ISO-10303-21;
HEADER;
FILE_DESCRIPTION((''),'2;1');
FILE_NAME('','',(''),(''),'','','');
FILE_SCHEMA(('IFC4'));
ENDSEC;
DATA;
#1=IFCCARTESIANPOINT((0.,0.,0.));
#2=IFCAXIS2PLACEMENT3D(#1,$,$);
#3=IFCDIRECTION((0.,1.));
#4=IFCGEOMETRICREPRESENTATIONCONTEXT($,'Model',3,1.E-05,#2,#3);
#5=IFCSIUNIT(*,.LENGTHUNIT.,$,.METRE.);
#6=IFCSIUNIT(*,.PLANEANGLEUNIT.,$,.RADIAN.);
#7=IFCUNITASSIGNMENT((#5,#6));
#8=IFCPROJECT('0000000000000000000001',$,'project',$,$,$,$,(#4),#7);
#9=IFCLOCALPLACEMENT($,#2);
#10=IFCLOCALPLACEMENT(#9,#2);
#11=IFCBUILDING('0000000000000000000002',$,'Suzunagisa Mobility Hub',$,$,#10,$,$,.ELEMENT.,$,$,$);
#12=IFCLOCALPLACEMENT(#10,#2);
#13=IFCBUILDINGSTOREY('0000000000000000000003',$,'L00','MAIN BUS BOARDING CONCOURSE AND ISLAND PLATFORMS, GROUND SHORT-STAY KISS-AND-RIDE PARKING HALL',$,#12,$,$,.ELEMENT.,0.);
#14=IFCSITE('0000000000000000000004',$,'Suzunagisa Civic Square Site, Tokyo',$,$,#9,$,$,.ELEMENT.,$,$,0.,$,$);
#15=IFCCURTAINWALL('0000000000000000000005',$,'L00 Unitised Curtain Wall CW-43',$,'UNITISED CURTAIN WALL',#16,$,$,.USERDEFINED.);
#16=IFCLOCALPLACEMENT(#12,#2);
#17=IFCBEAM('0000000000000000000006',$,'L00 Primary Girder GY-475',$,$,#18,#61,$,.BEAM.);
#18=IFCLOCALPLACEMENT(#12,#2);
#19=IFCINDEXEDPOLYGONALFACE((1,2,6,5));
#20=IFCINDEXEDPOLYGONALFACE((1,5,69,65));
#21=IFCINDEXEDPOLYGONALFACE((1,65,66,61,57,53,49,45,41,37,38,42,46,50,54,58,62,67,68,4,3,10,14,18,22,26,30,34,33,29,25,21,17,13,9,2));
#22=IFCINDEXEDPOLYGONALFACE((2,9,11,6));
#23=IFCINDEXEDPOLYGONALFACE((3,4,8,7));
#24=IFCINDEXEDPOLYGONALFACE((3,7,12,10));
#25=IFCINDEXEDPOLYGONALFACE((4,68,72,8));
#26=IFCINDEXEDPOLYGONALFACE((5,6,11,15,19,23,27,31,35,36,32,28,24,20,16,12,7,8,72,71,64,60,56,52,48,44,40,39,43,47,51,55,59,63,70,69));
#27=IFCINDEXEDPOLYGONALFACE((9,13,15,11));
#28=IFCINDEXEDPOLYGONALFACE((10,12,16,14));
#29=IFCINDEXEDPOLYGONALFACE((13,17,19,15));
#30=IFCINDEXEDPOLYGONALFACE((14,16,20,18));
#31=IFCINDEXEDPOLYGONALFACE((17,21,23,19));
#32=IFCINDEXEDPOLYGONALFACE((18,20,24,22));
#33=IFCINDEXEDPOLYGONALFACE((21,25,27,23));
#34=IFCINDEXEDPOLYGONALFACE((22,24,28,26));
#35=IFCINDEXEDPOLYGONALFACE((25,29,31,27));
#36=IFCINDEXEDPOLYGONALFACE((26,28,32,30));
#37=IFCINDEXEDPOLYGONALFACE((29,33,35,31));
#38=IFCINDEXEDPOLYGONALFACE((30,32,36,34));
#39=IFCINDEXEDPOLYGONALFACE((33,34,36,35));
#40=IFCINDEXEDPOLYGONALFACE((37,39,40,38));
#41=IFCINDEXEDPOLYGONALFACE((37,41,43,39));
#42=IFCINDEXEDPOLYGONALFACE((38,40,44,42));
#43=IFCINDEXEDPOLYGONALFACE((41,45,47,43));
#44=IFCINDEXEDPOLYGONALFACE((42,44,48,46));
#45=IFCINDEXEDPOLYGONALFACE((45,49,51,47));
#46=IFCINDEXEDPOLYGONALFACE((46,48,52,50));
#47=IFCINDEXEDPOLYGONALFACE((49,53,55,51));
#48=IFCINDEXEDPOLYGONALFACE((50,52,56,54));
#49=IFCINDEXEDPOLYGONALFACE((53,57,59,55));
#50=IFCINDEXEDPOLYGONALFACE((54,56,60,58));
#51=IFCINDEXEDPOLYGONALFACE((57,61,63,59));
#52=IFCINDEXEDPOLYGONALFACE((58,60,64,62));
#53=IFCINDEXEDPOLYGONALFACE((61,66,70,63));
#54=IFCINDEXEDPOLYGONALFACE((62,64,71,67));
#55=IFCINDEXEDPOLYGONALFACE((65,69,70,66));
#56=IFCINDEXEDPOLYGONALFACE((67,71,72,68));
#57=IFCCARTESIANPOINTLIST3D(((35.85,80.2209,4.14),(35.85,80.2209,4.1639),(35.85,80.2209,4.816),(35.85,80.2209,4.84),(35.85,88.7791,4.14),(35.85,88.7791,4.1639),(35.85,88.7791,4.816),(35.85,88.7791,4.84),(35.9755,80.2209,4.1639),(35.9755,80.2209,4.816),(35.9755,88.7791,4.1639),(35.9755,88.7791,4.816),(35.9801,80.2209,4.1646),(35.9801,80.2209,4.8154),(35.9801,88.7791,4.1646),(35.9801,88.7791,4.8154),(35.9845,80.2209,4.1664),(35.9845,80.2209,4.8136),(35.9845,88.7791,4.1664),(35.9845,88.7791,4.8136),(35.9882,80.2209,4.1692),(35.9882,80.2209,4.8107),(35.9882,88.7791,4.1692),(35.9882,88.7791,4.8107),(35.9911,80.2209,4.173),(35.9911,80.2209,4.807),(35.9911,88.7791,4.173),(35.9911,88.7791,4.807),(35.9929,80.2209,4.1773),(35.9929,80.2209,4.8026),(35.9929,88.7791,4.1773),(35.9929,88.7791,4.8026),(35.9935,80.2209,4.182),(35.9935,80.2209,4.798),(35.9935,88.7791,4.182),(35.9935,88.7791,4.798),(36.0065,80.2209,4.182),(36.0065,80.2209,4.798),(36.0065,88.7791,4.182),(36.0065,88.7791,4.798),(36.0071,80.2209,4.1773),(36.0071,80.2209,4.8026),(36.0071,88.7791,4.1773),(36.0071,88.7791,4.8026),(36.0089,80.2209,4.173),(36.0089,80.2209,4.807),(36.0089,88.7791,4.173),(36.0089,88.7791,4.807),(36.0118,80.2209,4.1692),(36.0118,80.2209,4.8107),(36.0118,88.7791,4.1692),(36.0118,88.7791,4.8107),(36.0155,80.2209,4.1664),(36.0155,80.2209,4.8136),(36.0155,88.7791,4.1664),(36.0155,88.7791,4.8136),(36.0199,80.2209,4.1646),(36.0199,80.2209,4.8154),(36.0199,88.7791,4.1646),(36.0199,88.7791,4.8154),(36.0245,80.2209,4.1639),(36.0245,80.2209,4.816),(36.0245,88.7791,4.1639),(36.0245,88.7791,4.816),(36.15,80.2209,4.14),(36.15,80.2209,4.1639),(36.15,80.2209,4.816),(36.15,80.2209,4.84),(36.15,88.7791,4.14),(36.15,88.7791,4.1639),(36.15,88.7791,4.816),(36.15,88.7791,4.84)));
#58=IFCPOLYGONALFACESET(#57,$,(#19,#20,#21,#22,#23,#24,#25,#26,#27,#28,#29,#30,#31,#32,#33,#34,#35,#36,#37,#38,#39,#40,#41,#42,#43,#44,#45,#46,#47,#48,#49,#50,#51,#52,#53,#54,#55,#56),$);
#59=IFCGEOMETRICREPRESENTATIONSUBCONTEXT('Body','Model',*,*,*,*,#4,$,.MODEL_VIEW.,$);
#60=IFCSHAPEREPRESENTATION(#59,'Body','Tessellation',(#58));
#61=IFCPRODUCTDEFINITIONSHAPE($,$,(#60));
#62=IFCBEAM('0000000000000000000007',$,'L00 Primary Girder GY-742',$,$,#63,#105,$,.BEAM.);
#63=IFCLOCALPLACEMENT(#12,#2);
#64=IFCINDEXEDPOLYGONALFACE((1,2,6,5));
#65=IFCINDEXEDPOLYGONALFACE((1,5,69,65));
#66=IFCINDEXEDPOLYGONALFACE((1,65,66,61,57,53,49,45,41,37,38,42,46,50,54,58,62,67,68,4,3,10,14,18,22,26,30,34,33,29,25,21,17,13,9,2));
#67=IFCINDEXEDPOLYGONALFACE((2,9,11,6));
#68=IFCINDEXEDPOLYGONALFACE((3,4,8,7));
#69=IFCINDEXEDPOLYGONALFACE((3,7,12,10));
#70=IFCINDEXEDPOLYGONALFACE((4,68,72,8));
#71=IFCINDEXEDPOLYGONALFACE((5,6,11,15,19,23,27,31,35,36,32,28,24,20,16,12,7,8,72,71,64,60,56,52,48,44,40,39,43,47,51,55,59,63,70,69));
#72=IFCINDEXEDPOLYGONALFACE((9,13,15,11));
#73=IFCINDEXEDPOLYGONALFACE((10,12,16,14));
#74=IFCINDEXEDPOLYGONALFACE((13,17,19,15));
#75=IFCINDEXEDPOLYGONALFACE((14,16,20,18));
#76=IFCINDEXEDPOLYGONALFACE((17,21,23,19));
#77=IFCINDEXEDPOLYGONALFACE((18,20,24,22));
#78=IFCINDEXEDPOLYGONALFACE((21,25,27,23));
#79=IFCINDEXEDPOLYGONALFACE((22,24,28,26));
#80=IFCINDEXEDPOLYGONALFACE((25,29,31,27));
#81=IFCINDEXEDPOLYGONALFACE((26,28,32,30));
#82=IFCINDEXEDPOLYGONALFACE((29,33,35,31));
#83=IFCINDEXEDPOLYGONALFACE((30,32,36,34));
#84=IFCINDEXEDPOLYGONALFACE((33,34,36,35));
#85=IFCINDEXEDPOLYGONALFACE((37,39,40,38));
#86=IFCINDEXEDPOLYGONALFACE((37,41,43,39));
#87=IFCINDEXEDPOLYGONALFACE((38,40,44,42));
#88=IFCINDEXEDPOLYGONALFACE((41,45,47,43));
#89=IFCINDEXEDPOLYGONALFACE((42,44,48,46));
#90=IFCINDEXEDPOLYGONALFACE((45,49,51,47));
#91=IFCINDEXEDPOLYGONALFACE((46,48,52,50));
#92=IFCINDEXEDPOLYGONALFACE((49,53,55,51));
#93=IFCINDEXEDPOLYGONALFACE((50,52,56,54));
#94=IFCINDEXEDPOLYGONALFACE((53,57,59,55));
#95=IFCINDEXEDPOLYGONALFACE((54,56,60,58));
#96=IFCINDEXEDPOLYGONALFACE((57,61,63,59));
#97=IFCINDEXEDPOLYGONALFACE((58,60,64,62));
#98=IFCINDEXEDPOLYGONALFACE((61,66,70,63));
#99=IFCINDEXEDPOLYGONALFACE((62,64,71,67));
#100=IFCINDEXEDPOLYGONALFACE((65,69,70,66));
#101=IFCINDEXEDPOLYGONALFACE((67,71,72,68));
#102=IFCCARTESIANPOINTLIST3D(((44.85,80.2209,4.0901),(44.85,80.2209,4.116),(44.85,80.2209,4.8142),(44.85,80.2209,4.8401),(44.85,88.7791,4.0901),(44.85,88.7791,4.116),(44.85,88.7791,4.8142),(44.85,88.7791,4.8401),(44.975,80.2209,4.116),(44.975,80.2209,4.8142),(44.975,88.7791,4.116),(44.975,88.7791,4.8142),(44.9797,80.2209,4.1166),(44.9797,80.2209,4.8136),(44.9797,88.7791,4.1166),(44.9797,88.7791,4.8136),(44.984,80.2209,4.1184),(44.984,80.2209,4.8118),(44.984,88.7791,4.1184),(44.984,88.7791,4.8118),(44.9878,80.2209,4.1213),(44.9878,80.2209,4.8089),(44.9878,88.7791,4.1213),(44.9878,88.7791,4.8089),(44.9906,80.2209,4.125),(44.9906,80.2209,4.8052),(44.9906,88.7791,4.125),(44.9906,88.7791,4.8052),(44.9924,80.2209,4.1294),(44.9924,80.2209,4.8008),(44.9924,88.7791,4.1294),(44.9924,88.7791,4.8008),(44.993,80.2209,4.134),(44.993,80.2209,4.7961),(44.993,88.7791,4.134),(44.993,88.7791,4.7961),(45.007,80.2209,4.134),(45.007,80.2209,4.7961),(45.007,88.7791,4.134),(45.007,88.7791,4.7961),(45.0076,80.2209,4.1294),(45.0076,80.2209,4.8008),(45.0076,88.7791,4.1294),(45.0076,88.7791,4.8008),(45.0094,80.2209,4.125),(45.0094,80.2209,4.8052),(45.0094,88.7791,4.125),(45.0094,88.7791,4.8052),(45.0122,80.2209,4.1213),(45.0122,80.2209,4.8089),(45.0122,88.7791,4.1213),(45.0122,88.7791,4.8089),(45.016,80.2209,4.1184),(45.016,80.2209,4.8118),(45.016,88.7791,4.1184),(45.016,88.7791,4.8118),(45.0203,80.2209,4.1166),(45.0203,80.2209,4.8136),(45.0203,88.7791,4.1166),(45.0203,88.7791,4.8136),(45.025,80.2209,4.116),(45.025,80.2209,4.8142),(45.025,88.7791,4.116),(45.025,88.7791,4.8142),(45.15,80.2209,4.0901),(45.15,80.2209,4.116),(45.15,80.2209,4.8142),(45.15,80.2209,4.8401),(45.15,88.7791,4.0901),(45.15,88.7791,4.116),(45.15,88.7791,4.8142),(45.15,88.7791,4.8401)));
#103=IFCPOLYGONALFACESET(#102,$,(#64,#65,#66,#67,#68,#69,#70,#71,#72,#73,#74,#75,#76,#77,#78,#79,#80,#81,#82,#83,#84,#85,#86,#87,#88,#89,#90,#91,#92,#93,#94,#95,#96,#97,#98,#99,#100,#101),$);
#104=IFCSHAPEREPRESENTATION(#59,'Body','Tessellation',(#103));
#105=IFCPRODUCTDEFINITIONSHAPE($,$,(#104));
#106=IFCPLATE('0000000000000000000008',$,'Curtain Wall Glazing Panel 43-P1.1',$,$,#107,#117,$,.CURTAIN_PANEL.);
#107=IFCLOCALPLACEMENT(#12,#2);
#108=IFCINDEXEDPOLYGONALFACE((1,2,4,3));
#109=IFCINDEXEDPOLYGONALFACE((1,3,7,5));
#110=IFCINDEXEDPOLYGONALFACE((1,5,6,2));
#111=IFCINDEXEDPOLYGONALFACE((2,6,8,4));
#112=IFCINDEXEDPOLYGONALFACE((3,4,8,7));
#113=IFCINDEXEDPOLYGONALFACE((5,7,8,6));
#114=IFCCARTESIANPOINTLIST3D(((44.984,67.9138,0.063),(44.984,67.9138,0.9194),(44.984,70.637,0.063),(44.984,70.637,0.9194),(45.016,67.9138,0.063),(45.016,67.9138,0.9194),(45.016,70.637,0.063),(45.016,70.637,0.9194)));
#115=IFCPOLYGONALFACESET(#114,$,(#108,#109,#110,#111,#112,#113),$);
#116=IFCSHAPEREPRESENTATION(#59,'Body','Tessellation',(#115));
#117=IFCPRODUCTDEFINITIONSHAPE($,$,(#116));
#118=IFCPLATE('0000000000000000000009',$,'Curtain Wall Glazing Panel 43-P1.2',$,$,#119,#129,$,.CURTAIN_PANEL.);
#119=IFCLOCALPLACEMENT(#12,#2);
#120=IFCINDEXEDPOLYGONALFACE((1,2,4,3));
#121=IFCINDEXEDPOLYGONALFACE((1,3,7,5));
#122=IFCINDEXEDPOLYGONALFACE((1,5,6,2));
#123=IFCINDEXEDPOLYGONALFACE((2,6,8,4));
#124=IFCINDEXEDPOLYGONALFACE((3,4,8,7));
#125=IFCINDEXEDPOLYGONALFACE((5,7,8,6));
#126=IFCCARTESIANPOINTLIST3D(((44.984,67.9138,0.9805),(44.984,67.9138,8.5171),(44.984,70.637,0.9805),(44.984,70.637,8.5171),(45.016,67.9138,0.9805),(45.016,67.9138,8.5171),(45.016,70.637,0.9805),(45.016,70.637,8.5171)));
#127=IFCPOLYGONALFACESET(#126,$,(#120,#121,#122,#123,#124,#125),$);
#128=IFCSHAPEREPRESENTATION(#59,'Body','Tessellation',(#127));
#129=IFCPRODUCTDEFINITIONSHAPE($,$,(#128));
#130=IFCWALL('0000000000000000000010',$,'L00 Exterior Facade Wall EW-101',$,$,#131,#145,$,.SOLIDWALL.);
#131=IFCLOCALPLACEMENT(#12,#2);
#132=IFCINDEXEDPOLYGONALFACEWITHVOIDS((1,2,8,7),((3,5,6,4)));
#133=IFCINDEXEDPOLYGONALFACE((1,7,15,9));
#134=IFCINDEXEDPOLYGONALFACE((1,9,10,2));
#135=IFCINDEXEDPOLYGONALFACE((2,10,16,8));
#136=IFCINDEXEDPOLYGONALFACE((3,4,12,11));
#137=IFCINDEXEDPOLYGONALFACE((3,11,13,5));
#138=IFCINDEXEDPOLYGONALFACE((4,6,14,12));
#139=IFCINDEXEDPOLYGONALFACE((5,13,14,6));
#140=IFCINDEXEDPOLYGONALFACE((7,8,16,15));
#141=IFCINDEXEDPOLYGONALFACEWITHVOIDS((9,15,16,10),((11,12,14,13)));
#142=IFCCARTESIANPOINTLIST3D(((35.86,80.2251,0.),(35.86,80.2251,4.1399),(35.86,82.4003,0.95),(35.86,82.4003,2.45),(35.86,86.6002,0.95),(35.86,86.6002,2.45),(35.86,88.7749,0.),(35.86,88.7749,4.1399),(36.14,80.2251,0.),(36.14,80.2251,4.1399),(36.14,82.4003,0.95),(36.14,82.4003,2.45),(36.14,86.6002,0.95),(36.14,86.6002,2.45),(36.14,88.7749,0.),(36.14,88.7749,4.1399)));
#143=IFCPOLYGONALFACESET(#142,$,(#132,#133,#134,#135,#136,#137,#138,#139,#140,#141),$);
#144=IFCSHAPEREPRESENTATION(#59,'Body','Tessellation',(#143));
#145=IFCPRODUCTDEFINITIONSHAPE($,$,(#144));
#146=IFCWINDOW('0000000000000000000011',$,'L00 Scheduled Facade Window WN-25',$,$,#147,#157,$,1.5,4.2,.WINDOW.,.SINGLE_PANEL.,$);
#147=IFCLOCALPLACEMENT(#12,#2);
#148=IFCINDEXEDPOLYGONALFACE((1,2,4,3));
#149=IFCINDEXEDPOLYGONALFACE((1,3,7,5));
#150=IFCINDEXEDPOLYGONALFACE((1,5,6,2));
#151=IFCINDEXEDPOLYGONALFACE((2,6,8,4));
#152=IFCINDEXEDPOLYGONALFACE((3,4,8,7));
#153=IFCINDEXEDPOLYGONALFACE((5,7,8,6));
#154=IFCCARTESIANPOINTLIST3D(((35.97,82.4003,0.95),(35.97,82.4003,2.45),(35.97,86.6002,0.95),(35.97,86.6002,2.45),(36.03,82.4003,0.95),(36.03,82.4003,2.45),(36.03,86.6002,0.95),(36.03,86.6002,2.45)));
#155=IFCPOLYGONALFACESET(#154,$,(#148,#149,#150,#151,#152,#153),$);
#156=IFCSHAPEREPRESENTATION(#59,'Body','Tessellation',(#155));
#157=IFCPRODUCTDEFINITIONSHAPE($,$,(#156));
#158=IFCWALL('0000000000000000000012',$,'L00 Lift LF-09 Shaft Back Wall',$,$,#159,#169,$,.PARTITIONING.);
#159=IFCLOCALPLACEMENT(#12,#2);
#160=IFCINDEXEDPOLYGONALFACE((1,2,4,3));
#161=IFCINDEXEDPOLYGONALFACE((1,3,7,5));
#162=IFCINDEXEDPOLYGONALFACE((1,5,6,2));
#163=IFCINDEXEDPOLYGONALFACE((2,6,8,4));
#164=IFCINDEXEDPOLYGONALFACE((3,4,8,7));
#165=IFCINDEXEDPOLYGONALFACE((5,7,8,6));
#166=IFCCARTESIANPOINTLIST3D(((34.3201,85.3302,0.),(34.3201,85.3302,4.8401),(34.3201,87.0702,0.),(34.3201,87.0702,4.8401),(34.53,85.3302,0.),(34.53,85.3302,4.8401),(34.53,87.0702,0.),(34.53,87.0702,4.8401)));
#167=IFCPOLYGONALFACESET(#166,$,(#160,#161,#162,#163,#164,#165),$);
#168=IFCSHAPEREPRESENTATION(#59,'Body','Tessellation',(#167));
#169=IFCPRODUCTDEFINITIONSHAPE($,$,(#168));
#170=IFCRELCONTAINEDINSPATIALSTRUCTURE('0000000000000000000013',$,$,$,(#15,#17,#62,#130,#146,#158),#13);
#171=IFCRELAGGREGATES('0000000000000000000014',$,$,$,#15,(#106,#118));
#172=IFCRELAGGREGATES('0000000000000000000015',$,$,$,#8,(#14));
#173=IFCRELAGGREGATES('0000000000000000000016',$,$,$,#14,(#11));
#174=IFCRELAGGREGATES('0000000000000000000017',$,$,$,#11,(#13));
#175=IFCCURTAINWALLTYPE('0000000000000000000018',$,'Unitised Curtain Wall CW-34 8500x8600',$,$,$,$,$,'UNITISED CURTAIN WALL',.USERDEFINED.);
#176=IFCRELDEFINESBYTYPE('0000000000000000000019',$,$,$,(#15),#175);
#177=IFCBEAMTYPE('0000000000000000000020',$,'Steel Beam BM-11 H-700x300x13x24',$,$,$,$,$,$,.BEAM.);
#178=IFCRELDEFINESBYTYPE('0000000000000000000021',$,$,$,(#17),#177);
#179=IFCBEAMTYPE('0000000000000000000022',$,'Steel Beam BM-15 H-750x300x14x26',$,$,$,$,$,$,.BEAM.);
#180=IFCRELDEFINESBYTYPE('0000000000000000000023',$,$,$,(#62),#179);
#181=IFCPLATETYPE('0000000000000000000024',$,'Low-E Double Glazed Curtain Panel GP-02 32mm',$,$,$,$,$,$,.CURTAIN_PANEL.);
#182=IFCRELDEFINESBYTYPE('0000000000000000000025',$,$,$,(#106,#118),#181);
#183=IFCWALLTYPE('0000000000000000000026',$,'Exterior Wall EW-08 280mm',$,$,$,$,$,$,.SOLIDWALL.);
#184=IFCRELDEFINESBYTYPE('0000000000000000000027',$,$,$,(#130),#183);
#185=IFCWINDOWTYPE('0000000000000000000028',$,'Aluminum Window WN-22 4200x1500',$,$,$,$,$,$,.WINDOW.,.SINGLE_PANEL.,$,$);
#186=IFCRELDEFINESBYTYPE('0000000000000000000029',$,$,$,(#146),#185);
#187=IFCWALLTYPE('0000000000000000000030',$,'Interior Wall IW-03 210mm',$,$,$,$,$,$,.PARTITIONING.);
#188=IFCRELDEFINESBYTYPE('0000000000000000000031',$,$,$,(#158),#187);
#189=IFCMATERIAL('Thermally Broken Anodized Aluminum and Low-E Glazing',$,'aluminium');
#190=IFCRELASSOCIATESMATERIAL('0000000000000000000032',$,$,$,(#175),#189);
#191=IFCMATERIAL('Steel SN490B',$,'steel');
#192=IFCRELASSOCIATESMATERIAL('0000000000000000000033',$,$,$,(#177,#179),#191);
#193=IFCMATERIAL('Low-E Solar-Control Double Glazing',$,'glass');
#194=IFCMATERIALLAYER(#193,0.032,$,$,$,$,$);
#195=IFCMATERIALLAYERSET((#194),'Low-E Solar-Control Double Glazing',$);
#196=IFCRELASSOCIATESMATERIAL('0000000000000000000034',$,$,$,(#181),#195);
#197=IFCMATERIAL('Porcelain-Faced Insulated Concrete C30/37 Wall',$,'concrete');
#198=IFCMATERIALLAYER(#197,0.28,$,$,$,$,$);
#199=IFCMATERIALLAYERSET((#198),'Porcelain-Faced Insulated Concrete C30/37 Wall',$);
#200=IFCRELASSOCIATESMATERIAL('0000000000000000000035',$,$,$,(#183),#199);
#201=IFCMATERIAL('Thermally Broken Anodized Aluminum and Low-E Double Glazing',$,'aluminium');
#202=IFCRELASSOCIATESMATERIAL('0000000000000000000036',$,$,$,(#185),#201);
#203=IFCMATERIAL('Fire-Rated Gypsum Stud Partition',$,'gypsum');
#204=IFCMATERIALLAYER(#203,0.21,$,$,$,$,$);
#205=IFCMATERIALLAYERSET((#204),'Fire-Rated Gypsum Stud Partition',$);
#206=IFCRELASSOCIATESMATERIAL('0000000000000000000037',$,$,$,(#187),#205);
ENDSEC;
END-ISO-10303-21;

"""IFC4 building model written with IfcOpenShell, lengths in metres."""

from ifc_helpers import new_model, si_unit, direction, frame, frame_2d, origin, origin_2d, place, context, subcontext, project, spatial, rectangle, i_section, extrude, material, layer, layer_set, material_profile, profile_set, type_object, element, fill, aggregate, save


model = new_model("IFC4")

# Units and contexts
model_context = context("Model", 3, precision=1e-05, world=origin(), true_north=direction((0.0, 1.0)))
body_context = subcontext(model_context, "Body", "Model", "MODEL_VIEW")
ifc_project = project(units=[si_unit("LENGTHUNIT", "METRE"), si_unit("PLANEANGLEUNIT", "RADIAN")], contexts=[model_context])

# Site, building, storey
site_placement = place(None, origin())
site = spatial("IfcSite", under=ifc_project, at=site_placement, Name="Suzunagisa Civic Square Site, Tokyo", CompositionType="ELEMENT", RefElevation=0.0)
building_placement = place(site_placement, origin())
building = spatial("IfcBuilding", under=site, at=building_placement, Name="Suzunagisa Mobility Hub", CompositionType="ELEMENT")
storey_placement = place(building_placement, origin())
storey = spatial("IfcBuildingStorey", under=building, at=storey_placement, Name="L00", Description="MAIN BUS BOARDING CONCOURSE AND ISLAND PLATFORMS, GROUND SHORT-STAY KISS-AND-RIDE PARKING HALL", CompositionType="ELEMENT", Elevation=0.0)

# Shared definitions
ifc_material_1 = material(Name="Steel SN490B", Category="steel")

# Curtain wall
ifc_material_2 = material(Name="Thermally Broken Anodized Aluminum and Low-E Glazing", Category="aluminium")
curtain_wall_type = type_object("IfcCurtainWallType", Name="Unitised Curtain Wall CW-34 8500x8600", ElementType="UNITISED CURTAIN WALL", PredefinedType="USERDEFINED", material=ifc_material_2)
curtain_wall_placement = place(storey_placement, origin())
curtain_wall = element("IfcCurtainWall", 1, at=curtain_wall_placement, inside=storey, type_object=curtain_wall_type, Name="L00 Unitised Curtain Wall CW-43", ObjectType="UNITISED CURTAIN WALL", PredefinedType="USERDEFINED")

# Beams
ifc_material_profile_1 = material_profile(ifc_material_1, i_section(OverallWidth=0.3, OverallDepth=0.7, WebThickness=0.0129, FlangeThickness=0.0239, FilletRadius=0.0181, at=origin_2d()), Name="H-700x300x13x24")
ifc_profile_set_1 = profile_set([ifc_material_profile_1], Name="Steel SN490B")
beam_type_1 = type_object("IfcBeamType", Name="Steel Beam BM-11 H-700x300x13x24", PredefinedType="BEAM", material=ifc_profile_set_1)
beam_1_placement = place(storey_placement, frame((36.0, 80.2209, 4.49), z_axis=(0.0, 1.0, 0.0), x_axis=(-1.0, 0.0, 0.0)))
element("IfcBeam", 2, at=beam_1_placement, inside=storey, type_object=beam_type_1, Name="L00 Primary Girder GY-475", PredefinedType="BEAM", context=body_context, shape_type="SweptSolid", body=[
    extrude(i_section(OverallWidth=0.3, OverallDepth=0.7, WebThickness=0.0129, FlangeThickness=0.0239, FilletRadius=0.0181, at=origin_2d()), origin(), (0.0, 0.0, 1.0), 8.5581),
])
ifc_material_profile_2 = material_profile(ifc_material_1, i_section(OverallWidth=0.3, OverallDepth=0.75, WebThickness=0.0139, FlangeThickness=0.0259, FilletRadius=0.0181, at=origin_2d()), Name="H-750x300x14x26")
ifc_profile_set_2 = profile_set([ifc_material_profile_2], Name="Steel SN490B")
beam_type_2 = type_object("IfcBeamType", Name="Steel Beam BM-15 H-750x300x14x26", PredefinedType="BEAM", material=ifc_profile_set_2)
beam_2_placement = place(storey_placement, frame((45.0, 80.2209, 4.4651), z_axis=(0.0, 1.0, 0.0), x_axis=(-1.0, 0.0, 0.0)))
element("IfcBeam", 3, at=beam_2_placement, inside=storey, type_object=beam_type_2, Name="L00 Primary Girder GY-742", PredefinedType="BEAM", context=body_context, shape_type="SweptSolid", body=[
    extrude(i_section(OverallWidth=0.3, OverallDepth=0.75, WebThickness=0.0139, FlangeThickness=0.0259, FilletRadius=0.0181, at=origin_2d()), origin(), (0.0, 0.0, 1.0), 8.5581),
])

# Plates
ifc_material_3 = material(Name="Low-E Solar-Control Double Glazing", Category="glass")
ifc_layer_1 = layer(ifc_material_3, 0.032)
ifc_layer_set_1 = layer_set([ifc_layer_1], Name="Low-E Solar-Control Double Glazing")
plate_type = type_object("IfcPlateType", Name="Low-E Double Glazed Curtain Panel GP-02 32mm", PredefinedType="CURTAIN_PANEL", material=ifc_layer_set_1)
plate_1_placement = place(storey_placement, frame((45.0, 69.2754, 0.063), z_axis=(0.0, 0.0, 1.0), x_axis=(0.0, -1.0, 0.0)))
plate_1 = element("IfcPlate", 4, at=plate_1_placement, type_object=plate_type, Name="Curtain Wall Glazing Panel 43-P1.1", PredefinedType="CURTAIN_PANEL", context=body_context, shape_type="SweptSolid", body=[
    extrude(rectangle(XDim=2.7231, YDim=0.032, at=origin_2d()), origin(), (0.0, 0.0, 1.0), 0.8564),
])
plate_2_placement = place(storey_placement, frame((45.0, 69.2754, 0.9805), z_axis=(0.0, 0.0, 1.0), x_axis=(0.0, -1.0, 0.0)))
plate_2 = element("IfcPlate", 5, at=plate_2_placement, type_object=plate_type, Name="Curtain Wall Glazing Panel 43-P1.2", PredefinedType="CURTAIN_PANEL", context=body_context, shape_type="SweptSolid", body=[
    extrude(rectangle(XDim=2.7231, YDim=0.032, at=origin_2d()), origin(), (0.0, 0.0, 1.0), 7.5366),
])
aggregate(curtain_wall, [plate_1, plate_2])

# Wall, opening, window
ifc_material_4 = material(Name="Porcelain-Faced Insulated Concrete C30/37 Wall", Category="concrete")
ifc_layer_2 = layer(ifc_material_4, 0.28)
ifc_layer_set_2 = layer_set([ifc_layer_2], Name="Porcelain-Faced Insulated Concrete C30/37 Wall")
wall_type_1 = type_object("IfcWallType", Name="Exterior Wall EW-08 280mm", PredefinedType="SOLIDWALL", material=ifc_layer_set_2)
wall_1_placement = place(storey_placement, frame((36.0, 80.2251, 0.0), z_axis=(0.0, 0.0, 1.0), x_axis=(0.0, 1.0, 0.0)))
wall_1 = element("IfcWall", 6, at=wall_1_placement, inside=storey, type_object=wall_type_1, Name="L00 Exterior Facade Wall EW-101", PredefinedType="SOLIDWALL", context=body_context, shape_type="SweptSolid", body=[
    extrude(rectangle(XDim=8.5498, YDim=0.28, at=frame_2d((4.2749, 0.0))), origin(), (0.0, 0.0, 1.0), 4.1399),
])
opening_placement = place(wall_1_placement, frame((2.175, 0.0, 0.95)))
opening = element("IfcOpeningElement", 7, at=opening_placement, cuts=wall_1, PredefinedType="OPENING", context=body_context, shape_type="SweptSolid", body=[
    extrude(rectangle(XDim=4.2, YDim=1.5, at=frame_2d((2.1001, 0.75))), frame((0.0, 0.1509, 0.0), z_axis=(0.0, -1.0, 0.0), x_axis=(1.0, 0.0, 0.0)), (0.0, 0.0, 1.0), 0.302),
])
ifc_material_5 = material(Name="Thermally Broken Anodized Aluminum and Low-E Double Glazing", Category="aluminium")
window_type = type_object("IfcWindowType", Name="Aluminum Window WN-22 4200x1500", PartitioningType="SINGLE_PANEL", PredefinedType="WINDOW", material=ifc_material_5)
window_placement = place(opening_placement, origin())
window = element("IfcWindow", 8, at=window_placement, inside=storey, type_object=window_type, Name="L00 Scheduled Facade Window WN-25", OverallHeight=1.5, OverallWidth=4.2, PartitioningType="SINGLE_PANEL", PredefinedType="WINDOW", context=body_context, shape_type="SweptSolid", body=[
    extrude(rectangle(XDim=4.2, YDim=1.5, at=frame_2d((2.1001, 0.75))), frame((0.0, 0.03, 0.0), z_axis=(0.0, -1.0, 0.0), x_axis=(1.0, 0.0, 0.0)), (0.0, 0.0, 1.0), 0.0601),
])
fill(opening, window)

# Wall
ifc_material_6 = material(Name="Fire-Rated Gypsum Stud Partition", Category="gypsum")
ifc_layer_3 = layer(ifc_material_6, 0.21)
ifc_layer_set_3 = layer_set([ifc_layer_3], Name="Fire-Rated Gypsum Stud Partition")
wall_type_2 = type_object("IfcWallType", Name="Interior Wall IW-03 210mm", PredefinedType="PARTITIONING", material=ifc_layer_set_3)
wall_2_placement = place(storey_placement, frame((34.425, 85.3301, 0.0), z_axis=(0.0, 0.0, 1.0), x_axis=(0.0, 1.0, 0.0)))
element("IfcWall", 9, at=wall_2_placement, inside=storey, type_object=wall_type_2, Name="L00 Lift LF-09 Shaft Back Wall", PredefinedType="PARTITIONING", context=body_context, shape_type="SweptSolid", body=[
    extrude(rectangle(XDim=1.74, YDim=0.21, at=frame_2d((0.8701, 0.0))), origin(), (0.0, 0.0, 1.0), 4.8401),
])

save(model, "model.ifc")
